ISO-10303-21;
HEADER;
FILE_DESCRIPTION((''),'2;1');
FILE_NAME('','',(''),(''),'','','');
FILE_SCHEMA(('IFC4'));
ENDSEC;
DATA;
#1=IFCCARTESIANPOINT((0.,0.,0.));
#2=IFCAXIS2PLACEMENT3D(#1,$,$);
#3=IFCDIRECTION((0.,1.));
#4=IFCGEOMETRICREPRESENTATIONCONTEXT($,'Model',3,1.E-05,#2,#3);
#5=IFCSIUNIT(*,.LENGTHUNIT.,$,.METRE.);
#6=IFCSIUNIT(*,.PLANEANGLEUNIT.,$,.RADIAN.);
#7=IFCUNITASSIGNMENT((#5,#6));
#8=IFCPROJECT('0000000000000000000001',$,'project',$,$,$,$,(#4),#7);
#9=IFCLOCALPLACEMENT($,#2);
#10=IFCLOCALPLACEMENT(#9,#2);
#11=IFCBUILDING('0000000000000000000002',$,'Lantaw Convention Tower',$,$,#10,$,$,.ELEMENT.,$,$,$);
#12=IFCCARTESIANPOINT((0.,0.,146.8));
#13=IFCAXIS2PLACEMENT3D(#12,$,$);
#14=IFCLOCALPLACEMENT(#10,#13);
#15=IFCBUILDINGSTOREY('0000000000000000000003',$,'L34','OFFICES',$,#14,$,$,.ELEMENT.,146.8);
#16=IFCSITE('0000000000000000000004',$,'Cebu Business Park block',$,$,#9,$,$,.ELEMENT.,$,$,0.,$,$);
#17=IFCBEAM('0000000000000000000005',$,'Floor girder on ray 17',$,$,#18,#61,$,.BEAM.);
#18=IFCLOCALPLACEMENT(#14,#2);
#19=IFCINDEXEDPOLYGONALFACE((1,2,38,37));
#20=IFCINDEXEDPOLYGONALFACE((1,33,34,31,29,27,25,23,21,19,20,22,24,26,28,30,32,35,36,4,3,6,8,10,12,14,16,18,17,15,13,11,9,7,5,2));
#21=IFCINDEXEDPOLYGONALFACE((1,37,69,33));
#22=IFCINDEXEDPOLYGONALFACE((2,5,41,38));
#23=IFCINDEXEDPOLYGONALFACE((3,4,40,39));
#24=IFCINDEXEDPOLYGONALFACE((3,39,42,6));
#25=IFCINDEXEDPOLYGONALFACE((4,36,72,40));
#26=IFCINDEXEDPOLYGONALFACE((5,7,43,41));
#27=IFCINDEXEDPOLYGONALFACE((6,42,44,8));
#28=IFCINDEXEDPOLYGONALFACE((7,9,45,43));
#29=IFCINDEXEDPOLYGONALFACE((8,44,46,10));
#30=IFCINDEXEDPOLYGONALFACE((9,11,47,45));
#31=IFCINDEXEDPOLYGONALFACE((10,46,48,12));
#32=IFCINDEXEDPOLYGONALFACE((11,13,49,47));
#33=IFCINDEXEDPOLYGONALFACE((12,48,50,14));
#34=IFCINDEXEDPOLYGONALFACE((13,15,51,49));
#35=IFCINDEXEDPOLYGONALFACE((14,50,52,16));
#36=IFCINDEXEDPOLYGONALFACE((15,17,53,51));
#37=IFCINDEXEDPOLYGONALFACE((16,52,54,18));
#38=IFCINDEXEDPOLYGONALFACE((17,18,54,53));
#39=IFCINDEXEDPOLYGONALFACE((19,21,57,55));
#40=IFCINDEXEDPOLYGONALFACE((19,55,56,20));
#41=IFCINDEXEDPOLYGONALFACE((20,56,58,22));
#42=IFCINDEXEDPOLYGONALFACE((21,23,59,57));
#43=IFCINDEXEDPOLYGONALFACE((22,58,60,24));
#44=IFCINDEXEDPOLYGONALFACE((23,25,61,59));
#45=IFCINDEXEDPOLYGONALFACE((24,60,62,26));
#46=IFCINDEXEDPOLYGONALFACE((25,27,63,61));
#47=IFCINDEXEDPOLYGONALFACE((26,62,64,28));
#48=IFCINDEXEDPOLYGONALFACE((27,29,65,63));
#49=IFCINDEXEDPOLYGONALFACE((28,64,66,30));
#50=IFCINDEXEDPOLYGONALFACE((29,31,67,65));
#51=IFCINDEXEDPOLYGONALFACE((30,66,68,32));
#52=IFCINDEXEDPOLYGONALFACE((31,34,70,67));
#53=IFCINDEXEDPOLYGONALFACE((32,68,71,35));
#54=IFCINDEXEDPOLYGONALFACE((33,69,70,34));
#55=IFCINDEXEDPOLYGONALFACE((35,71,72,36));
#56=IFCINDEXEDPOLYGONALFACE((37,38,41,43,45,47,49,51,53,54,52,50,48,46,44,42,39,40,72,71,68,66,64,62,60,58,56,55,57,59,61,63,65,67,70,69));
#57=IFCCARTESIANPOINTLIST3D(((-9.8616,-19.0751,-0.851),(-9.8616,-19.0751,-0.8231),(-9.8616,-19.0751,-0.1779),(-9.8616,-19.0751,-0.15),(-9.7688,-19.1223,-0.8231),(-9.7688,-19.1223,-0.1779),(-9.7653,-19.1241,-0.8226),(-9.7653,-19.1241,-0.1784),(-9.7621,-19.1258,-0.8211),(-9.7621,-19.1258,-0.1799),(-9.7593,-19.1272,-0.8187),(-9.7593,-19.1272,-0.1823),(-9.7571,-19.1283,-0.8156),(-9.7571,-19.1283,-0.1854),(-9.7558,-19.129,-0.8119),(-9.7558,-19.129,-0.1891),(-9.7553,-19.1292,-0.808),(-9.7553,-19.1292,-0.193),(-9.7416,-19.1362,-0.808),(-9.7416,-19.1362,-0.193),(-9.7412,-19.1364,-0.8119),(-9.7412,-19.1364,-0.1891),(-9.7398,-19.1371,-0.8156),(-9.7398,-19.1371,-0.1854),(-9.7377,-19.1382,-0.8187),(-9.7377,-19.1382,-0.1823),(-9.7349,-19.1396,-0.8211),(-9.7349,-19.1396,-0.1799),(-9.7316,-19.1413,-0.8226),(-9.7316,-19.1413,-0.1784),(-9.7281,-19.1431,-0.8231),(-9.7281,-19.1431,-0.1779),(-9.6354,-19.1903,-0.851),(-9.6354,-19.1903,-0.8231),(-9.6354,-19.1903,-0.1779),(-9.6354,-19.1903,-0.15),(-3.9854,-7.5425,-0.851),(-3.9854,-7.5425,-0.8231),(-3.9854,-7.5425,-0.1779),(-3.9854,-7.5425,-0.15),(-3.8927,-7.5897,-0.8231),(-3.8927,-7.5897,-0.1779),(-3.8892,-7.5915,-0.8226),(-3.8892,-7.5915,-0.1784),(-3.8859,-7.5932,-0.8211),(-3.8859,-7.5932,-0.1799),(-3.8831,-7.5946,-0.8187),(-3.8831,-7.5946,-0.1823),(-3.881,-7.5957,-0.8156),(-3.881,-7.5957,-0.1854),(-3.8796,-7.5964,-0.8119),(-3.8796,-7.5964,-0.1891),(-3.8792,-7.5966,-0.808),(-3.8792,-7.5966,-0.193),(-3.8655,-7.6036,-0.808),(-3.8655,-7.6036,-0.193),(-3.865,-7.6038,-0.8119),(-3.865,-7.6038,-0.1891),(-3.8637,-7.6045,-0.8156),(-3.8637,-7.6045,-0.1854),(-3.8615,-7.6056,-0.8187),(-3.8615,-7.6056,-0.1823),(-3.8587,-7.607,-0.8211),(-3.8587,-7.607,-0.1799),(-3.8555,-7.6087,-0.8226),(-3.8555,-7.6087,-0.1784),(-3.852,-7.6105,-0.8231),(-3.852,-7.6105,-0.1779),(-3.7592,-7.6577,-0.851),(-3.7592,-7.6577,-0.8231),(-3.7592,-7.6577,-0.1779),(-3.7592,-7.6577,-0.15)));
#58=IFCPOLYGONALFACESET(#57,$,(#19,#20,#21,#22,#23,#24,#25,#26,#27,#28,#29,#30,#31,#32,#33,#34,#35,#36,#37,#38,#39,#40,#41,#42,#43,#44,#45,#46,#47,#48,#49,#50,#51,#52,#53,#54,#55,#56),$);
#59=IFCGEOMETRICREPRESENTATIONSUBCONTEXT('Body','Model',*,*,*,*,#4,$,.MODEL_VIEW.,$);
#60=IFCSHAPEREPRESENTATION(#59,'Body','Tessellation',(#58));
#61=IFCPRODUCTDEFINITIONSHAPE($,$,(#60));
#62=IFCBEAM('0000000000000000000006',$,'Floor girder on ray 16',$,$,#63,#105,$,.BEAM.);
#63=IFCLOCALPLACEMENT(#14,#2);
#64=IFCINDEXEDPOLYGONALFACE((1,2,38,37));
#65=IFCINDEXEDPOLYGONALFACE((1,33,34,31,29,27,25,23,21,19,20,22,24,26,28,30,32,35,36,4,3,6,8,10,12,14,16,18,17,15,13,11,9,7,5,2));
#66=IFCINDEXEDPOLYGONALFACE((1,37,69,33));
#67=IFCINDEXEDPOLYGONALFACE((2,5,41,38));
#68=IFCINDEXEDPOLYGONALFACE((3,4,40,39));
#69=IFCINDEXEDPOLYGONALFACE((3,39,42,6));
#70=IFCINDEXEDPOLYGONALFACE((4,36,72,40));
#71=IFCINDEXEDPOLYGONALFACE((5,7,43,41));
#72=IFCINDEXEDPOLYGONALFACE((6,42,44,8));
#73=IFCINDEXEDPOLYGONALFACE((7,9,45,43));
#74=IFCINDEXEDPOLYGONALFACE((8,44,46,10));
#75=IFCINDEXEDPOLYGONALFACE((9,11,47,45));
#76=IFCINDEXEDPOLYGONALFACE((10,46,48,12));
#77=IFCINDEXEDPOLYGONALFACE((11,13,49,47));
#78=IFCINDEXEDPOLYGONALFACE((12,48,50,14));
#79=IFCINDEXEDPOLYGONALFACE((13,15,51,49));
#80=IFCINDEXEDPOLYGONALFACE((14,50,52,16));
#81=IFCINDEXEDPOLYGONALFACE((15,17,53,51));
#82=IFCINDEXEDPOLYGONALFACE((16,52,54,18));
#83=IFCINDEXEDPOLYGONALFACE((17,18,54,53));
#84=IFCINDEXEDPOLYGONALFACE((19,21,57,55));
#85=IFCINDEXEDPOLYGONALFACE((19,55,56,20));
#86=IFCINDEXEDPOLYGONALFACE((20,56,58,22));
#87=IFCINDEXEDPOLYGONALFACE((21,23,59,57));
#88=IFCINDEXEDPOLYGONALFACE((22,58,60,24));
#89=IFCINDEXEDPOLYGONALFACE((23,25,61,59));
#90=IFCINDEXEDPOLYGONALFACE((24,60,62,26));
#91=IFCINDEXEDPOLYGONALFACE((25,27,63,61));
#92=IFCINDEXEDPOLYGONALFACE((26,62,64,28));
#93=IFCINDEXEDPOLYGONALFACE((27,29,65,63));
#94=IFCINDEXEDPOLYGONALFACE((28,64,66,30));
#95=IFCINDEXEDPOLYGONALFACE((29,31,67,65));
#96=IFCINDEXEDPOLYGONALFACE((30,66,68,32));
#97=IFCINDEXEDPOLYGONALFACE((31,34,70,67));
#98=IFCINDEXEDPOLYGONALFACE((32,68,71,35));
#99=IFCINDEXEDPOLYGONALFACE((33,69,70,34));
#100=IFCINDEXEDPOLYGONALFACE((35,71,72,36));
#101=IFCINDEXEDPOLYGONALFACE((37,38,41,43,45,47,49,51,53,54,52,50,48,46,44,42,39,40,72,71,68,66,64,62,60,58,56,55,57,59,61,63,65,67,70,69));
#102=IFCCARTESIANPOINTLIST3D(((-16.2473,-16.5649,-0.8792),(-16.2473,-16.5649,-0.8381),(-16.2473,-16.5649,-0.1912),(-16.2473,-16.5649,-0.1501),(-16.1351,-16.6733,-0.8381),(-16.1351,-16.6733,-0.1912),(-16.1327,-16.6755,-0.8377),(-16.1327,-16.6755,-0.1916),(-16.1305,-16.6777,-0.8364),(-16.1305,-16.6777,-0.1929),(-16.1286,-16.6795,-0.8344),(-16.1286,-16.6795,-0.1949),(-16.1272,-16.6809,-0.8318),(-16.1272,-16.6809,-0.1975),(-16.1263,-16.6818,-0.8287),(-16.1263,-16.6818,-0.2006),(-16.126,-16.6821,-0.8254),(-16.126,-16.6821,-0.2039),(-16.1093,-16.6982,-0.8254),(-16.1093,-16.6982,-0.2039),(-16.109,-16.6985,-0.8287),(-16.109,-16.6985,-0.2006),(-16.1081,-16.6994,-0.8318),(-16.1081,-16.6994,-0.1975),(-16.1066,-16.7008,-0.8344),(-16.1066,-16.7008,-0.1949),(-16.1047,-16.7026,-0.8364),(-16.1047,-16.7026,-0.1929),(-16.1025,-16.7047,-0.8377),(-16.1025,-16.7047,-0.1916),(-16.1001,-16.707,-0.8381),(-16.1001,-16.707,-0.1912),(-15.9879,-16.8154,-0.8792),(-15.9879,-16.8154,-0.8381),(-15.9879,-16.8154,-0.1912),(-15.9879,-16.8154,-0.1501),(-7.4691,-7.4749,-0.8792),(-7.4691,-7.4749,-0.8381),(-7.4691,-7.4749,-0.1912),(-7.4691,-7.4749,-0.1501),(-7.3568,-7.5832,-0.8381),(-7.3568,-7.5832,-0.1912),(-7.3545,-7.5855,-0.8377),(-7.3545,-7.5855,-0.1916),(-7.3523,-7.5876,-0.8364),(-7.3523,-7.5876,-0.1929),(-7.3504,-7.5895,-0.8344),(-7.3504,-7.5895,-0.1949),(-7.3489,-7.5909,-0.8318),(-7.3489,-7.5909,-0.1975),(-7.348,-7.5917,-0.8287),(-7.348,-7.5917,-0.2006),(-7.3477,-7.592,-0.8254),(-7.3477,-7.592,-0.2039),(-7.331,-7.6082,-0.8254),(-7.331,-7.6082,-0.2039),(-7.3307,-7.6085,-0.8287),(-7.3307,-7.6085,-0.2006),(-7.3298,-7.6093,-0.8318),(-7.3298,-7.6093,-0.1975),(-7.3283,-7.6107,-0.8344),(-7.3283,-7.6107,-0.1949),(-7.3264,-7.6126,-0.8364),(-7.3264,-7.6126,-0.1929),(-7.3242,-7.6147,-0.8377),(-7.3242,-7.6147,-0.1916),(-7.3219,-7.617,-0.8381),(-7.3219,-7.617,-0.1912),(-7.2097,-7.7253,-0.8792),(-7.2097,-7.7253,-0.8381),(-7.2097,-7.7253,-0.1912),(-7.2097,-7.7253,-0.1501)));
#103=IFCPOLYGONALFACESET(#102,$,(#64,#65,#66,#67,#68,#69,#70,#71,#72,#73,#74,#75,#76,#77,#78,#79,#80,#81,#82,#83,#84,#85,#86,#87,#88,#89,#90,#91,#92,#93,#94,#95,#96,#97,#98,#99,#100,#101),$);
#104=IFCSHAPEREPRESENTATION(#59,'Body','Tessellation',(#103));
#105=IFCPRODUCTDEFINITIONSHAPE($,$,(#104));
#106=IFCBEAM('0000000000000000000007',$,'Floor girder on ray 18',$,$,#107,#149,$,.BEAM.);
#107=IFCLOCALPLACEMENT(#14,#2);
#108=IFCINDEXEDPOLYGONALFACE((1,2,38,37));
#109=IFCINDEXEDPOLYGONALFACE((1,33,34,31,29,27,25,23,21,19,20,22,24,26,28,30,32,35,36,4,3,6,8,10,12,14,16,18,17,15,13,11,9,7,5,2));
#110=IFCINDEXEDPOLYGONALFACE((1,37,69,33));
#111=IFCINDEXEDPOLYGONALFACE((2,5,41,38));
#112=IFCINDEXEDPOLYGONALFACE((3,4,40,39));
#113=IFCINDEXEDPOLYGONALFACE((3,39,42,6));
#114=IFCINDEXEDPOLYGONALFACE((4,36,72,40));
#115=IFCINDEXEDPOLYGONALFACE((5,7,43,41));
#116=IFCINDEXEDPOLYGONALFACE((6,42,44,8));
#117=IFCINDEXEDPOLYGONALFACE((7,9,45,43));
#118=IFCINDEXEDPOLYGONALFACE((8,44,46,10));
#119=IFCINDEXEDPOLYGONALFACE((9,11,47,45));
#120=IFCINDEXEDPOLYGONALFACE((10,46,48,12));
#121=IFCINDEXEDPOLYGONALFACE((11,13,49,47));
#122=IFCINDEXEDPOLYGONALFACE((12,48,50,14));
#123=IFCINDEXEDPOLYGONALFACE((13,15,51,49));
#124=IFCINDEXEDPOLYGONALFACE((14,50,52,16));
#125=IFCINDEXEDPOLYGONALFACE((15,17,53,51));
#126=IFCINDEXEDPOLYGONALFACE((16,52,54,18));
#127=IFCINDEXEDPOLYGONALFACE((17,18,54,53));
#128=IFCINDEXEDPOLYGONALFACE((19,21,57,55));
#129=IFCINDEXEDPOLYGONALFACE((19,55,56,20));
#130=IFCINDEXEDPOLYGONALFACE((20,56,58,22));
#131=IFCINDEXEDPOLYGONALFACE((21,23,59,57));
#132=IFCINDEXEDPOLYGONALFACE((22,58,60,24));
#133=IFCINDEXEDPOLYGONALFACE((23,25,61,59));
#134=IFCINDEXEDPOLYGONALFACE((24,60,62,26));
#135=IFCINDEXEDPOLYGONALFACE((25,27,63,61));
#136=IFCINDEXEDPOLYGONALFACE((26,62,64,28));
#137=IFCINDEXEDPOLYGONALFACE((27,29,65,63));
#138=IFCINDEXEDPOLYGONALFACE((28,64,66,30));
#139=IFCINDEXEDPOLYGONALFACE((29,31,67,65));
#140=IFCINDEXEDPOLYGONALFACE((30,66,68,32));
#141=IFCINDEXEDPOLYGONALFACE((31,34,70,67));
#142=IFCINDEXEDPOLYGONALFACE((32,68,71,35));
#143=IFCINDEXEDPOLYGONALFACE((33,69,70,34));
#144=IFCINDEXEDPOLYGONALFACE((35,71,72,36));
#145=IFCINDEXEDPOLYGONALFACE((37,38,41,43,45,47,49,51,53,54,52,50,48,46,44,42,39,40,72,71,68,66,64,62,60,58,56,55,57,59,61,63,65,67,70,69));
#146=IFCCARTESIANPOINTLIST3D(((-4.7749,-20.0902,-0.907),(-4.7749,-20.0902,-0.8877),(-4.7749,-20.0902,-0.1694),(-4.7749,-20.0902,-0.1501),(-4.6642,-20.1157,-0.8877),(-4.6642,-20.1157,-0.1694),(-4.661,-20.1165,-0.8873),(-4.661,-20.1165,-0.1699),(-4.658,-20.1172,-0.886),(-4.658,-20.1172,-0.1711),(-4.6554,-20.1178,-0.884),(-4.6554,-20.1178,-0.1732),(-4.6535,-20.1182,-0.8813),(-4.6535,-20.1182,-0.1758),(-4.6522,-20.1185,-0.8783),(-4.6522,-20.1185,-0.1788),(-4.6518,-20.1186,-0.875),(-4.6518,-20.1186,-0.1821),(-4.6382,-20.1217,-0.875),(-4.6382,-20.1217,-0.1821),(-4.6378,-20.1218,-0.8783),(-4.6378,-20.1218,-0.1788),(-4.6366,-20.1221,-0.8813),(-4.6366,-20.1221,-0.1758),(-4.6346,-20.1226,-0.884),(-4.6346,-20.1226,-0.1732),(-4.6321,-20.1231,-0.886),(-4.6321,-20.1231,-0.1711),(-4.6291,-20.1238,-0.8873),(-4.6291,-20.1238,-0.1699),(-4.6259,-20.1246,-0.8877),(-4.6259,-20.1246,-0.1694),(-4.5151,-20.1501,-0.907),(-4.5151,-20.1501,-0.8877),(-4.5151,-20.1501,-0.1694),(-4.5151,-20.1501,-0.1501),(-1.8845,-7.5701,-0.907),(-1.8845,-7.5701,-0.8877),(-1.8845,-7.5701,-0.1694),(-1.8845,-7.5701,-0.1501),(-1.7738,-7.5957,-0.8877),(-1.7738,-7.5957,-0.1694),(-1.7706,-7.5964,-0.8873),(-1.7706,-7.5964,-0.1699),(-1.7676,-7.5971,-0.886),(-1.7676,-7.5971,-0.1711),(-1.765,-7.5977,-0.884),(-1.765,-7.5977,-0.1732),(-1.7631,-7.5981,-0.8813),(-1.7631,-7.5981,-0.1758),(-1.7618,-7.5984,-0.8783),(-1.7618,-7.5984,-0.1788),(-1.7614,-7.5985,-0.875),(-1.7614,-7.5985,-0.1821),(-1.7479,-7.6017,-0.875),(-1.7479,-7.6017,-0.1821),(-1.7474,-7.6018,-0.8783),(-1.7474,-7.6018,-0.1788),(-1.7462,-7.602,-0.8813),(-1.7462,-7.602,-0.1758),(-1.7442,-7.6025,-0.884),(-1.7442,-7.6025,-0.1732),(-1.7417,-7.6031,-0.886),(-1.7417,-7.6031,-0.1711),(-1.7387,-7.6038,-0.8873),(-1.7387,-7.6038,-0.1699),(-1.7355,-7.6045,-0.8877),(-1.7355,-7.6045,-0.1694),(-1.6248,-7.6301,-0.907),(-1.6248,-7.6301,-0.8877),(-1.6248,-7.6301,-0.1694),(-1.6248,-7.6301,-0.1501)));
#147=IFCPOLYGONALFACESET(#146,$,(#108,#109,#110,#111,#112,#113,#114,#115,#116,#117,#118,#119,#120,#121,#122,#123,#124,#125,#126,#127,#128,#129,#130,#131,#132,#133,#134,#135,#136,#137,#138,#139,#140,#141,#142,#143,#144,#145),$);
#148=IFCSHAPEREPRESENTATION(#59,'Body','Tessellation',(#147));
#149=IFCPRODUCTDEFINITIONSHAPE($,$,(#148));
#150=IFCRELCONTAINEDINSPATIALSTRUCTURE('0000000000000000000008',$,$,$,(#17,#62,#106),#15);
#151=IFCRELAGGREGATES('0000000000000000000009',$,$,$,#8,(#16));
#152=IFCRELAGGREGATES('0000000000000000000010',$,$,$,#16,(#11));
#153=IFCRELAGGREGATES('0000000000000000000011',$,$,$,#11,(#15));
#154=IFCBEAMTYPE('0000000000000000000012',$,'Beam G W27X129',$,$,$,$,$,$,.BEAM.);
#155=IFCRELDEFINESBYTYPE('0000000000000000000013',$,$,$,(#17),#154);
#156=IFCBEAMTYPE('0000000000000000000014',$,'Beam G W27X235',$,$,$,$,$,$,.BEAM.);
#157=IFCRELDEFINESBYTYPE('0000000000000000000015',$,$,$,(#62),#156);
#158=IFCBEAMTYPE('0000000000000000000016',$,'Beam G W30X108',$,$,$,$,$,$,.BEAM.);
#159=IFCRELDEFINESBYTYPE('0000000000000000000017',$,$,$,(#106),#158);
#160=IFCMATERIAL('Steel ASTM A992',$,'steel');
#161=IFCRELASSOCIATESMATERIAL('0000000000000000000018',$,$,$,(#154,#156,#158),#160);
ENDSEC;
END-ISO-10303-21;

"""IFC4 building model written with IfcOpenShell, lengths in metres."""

from ifc_helpers import new_model, si_unit, direction, frame, origin, origin_2d, place, context, subcontext, project, spatial, i_section, extrude, material, material_profile, profile_set, type_object, element, save


model = new_model("IFC4")

# Units and contexts
model_context = context("Model", 3, precision=1e-05, world=origin(), true_north=direction((0.0, 1.0)))
body_context = subcontext(model_context, "Body", "Model", "MODEL_VIEW")
ifc_project = project(units=[si_unit("LENGTHUNIT", "METRE"), si_unit("PLANEANGLEUNIT", "RADIAN")], contexts=[model_context])

# Site, building, storey
site_placement = place(None, origin())
site = spatial("IfcSite", under=ifc_project, at=site_placement, Name="Cebu Business Park block", CompositionType="ELEMENT", RefElevation=0.0)
building_placement = place(site_placement, origin())
building = spatial("IfcBuilding", under=site, at=building_placement, Name="Lantaw Convention Tower", CompositionType="ELEMENT")
storey_placement = place(building_placement, frame((0.0, 0.0, 146.8)))
storey = spatial("IfcBuildingStorey", under=building, at=storey_placement, Name="L34", Description="OFFICES", CompositionType="ELEMENT", Elevation=146.8)

# Beams
ifc_material_1 = material(Name="Steel ASTM A992", Category="steel")
ifc_material_profile_1 = material_profile(ifc_material_1, i_section(OverallWidth=0.2539, OverallDepth=0.7009, WebThickness=0.0154, FlangeThickness=0.0278, FilletRadius=0.0151, at=origin_2d()), Name="W27X129")
ifc_profile_set_1 = profile_set([ifc_material_profile_1], Name="Steel ASTM A992")
beam_type_1 = type_object("IfcBeamType", Name="Beam G W27X129", PredefinedType="BEAM", material=ifc_profile_set_1)
beam_1_placement = place(storey_placement, frame((-3.8723, -7.6001, -0.5005), z_axis=(-0.453991, -0.891006, 0.0), x_axis=(0.891006, -0.453991, 0.0)))
element("IfcBeam", 1, at=beam_1_placement, inside=storey, type_object=beam_type_1, Name="Floor girder on ray 17", PredefinedType="BEAM", context=body_context, shape_type="SweptSolid", body=[
    extrude(i_section(OverallWidth=0.2539, OverallDepth=0.7009, WebThickness=0.0154, FlangeThickness=0.0278, FilletRadius=0.0151, at=origin_2d()), origin(), (0.0, 0.0, 1.0), 12.9434),
])
ifc_material_profile_2 = material_profile(ifc_material_1, i_section(OverallWidth=0.3606, OverallDepth=0.729, WebThickness=0.0232, FlangeThickness=0.041, FilletRadius=0.0127, at=origin_2d()), Name="W27X235")
ifc_profile_set_2 = profile_set([ifc_material_profile_2], Name="Steel ASTM A992")
beam_type_2 = type_object("IfcBeamType", Name="Beam G W27X235", PredefinedType="BEAM", material=ifc_profile_set_2)
beam_2_placement = place(storey_placement, frame((-7.3394, -7.6001, -0.5146), z_axis=(-0.694663, -0.719335, 0.0), x_axis=(0.719335, -0.694663, 0.0)))
element("IfcBeam", 2, at=beam_2_placement, inside=storey, type_object=beam_type_2, Name="Floor girder on ray 16", PredefinedType="BEAM", context=body_context, shape_type="SweptSolid", body=[
    extrude(i_section(OverallWidth=0.3606, OverallDepth=0.729, WebThickness=0.0232, FlangeThickness=0.041, FilletRadius=0.0127, at=origin_2d()), origin(), (0.0, 0.0, 1.0), 12.6367),
])
ifc_material_profile_3 = material_profile(ifc_material_1, i_section(OverallWidth=0.2666, OverallDepth=0.7568, WebThickness=0.0139, FlangeThickness=0.0193, FilletRadius=0.0127, at=origin_2d()), Name="W30X108")
ifc_profile_set_3 = profile_set([ifc_material_profile_3], Name="Steel ASTM A992")
beam_type_3 = type_object("IfcBeamType", Name="Beam G W30X108", PredefinedType="BEAM", material=ifc_profile_set_3)
beam_3_placement = place(storey_placement, frame((-1.7546, -7.6001, -0.5286), z_axis=(-0.224944, -0.974372, 0.0), x_axis=(0.974372, -0.224944, 0.0)))
element("IfcBeam", 3, at=beam_3_placement, inside=storey, type_object=beam_type_3, Name="Floor girder on ray 18", PredefinedType="BEAM", context=body_context, shape_type="SweptSolid", body=[
    extrude(i_section(OverallWidth=0.2666, OverallDepth=0.7568, WebThickness=0.0139, FlangeThickness=0.0193, FilletRadius=0.0127, at=origin_2d()), origin(), (0.0, 0.0, 1.0), 12.8494),
])

save(model, "model.ifc")
